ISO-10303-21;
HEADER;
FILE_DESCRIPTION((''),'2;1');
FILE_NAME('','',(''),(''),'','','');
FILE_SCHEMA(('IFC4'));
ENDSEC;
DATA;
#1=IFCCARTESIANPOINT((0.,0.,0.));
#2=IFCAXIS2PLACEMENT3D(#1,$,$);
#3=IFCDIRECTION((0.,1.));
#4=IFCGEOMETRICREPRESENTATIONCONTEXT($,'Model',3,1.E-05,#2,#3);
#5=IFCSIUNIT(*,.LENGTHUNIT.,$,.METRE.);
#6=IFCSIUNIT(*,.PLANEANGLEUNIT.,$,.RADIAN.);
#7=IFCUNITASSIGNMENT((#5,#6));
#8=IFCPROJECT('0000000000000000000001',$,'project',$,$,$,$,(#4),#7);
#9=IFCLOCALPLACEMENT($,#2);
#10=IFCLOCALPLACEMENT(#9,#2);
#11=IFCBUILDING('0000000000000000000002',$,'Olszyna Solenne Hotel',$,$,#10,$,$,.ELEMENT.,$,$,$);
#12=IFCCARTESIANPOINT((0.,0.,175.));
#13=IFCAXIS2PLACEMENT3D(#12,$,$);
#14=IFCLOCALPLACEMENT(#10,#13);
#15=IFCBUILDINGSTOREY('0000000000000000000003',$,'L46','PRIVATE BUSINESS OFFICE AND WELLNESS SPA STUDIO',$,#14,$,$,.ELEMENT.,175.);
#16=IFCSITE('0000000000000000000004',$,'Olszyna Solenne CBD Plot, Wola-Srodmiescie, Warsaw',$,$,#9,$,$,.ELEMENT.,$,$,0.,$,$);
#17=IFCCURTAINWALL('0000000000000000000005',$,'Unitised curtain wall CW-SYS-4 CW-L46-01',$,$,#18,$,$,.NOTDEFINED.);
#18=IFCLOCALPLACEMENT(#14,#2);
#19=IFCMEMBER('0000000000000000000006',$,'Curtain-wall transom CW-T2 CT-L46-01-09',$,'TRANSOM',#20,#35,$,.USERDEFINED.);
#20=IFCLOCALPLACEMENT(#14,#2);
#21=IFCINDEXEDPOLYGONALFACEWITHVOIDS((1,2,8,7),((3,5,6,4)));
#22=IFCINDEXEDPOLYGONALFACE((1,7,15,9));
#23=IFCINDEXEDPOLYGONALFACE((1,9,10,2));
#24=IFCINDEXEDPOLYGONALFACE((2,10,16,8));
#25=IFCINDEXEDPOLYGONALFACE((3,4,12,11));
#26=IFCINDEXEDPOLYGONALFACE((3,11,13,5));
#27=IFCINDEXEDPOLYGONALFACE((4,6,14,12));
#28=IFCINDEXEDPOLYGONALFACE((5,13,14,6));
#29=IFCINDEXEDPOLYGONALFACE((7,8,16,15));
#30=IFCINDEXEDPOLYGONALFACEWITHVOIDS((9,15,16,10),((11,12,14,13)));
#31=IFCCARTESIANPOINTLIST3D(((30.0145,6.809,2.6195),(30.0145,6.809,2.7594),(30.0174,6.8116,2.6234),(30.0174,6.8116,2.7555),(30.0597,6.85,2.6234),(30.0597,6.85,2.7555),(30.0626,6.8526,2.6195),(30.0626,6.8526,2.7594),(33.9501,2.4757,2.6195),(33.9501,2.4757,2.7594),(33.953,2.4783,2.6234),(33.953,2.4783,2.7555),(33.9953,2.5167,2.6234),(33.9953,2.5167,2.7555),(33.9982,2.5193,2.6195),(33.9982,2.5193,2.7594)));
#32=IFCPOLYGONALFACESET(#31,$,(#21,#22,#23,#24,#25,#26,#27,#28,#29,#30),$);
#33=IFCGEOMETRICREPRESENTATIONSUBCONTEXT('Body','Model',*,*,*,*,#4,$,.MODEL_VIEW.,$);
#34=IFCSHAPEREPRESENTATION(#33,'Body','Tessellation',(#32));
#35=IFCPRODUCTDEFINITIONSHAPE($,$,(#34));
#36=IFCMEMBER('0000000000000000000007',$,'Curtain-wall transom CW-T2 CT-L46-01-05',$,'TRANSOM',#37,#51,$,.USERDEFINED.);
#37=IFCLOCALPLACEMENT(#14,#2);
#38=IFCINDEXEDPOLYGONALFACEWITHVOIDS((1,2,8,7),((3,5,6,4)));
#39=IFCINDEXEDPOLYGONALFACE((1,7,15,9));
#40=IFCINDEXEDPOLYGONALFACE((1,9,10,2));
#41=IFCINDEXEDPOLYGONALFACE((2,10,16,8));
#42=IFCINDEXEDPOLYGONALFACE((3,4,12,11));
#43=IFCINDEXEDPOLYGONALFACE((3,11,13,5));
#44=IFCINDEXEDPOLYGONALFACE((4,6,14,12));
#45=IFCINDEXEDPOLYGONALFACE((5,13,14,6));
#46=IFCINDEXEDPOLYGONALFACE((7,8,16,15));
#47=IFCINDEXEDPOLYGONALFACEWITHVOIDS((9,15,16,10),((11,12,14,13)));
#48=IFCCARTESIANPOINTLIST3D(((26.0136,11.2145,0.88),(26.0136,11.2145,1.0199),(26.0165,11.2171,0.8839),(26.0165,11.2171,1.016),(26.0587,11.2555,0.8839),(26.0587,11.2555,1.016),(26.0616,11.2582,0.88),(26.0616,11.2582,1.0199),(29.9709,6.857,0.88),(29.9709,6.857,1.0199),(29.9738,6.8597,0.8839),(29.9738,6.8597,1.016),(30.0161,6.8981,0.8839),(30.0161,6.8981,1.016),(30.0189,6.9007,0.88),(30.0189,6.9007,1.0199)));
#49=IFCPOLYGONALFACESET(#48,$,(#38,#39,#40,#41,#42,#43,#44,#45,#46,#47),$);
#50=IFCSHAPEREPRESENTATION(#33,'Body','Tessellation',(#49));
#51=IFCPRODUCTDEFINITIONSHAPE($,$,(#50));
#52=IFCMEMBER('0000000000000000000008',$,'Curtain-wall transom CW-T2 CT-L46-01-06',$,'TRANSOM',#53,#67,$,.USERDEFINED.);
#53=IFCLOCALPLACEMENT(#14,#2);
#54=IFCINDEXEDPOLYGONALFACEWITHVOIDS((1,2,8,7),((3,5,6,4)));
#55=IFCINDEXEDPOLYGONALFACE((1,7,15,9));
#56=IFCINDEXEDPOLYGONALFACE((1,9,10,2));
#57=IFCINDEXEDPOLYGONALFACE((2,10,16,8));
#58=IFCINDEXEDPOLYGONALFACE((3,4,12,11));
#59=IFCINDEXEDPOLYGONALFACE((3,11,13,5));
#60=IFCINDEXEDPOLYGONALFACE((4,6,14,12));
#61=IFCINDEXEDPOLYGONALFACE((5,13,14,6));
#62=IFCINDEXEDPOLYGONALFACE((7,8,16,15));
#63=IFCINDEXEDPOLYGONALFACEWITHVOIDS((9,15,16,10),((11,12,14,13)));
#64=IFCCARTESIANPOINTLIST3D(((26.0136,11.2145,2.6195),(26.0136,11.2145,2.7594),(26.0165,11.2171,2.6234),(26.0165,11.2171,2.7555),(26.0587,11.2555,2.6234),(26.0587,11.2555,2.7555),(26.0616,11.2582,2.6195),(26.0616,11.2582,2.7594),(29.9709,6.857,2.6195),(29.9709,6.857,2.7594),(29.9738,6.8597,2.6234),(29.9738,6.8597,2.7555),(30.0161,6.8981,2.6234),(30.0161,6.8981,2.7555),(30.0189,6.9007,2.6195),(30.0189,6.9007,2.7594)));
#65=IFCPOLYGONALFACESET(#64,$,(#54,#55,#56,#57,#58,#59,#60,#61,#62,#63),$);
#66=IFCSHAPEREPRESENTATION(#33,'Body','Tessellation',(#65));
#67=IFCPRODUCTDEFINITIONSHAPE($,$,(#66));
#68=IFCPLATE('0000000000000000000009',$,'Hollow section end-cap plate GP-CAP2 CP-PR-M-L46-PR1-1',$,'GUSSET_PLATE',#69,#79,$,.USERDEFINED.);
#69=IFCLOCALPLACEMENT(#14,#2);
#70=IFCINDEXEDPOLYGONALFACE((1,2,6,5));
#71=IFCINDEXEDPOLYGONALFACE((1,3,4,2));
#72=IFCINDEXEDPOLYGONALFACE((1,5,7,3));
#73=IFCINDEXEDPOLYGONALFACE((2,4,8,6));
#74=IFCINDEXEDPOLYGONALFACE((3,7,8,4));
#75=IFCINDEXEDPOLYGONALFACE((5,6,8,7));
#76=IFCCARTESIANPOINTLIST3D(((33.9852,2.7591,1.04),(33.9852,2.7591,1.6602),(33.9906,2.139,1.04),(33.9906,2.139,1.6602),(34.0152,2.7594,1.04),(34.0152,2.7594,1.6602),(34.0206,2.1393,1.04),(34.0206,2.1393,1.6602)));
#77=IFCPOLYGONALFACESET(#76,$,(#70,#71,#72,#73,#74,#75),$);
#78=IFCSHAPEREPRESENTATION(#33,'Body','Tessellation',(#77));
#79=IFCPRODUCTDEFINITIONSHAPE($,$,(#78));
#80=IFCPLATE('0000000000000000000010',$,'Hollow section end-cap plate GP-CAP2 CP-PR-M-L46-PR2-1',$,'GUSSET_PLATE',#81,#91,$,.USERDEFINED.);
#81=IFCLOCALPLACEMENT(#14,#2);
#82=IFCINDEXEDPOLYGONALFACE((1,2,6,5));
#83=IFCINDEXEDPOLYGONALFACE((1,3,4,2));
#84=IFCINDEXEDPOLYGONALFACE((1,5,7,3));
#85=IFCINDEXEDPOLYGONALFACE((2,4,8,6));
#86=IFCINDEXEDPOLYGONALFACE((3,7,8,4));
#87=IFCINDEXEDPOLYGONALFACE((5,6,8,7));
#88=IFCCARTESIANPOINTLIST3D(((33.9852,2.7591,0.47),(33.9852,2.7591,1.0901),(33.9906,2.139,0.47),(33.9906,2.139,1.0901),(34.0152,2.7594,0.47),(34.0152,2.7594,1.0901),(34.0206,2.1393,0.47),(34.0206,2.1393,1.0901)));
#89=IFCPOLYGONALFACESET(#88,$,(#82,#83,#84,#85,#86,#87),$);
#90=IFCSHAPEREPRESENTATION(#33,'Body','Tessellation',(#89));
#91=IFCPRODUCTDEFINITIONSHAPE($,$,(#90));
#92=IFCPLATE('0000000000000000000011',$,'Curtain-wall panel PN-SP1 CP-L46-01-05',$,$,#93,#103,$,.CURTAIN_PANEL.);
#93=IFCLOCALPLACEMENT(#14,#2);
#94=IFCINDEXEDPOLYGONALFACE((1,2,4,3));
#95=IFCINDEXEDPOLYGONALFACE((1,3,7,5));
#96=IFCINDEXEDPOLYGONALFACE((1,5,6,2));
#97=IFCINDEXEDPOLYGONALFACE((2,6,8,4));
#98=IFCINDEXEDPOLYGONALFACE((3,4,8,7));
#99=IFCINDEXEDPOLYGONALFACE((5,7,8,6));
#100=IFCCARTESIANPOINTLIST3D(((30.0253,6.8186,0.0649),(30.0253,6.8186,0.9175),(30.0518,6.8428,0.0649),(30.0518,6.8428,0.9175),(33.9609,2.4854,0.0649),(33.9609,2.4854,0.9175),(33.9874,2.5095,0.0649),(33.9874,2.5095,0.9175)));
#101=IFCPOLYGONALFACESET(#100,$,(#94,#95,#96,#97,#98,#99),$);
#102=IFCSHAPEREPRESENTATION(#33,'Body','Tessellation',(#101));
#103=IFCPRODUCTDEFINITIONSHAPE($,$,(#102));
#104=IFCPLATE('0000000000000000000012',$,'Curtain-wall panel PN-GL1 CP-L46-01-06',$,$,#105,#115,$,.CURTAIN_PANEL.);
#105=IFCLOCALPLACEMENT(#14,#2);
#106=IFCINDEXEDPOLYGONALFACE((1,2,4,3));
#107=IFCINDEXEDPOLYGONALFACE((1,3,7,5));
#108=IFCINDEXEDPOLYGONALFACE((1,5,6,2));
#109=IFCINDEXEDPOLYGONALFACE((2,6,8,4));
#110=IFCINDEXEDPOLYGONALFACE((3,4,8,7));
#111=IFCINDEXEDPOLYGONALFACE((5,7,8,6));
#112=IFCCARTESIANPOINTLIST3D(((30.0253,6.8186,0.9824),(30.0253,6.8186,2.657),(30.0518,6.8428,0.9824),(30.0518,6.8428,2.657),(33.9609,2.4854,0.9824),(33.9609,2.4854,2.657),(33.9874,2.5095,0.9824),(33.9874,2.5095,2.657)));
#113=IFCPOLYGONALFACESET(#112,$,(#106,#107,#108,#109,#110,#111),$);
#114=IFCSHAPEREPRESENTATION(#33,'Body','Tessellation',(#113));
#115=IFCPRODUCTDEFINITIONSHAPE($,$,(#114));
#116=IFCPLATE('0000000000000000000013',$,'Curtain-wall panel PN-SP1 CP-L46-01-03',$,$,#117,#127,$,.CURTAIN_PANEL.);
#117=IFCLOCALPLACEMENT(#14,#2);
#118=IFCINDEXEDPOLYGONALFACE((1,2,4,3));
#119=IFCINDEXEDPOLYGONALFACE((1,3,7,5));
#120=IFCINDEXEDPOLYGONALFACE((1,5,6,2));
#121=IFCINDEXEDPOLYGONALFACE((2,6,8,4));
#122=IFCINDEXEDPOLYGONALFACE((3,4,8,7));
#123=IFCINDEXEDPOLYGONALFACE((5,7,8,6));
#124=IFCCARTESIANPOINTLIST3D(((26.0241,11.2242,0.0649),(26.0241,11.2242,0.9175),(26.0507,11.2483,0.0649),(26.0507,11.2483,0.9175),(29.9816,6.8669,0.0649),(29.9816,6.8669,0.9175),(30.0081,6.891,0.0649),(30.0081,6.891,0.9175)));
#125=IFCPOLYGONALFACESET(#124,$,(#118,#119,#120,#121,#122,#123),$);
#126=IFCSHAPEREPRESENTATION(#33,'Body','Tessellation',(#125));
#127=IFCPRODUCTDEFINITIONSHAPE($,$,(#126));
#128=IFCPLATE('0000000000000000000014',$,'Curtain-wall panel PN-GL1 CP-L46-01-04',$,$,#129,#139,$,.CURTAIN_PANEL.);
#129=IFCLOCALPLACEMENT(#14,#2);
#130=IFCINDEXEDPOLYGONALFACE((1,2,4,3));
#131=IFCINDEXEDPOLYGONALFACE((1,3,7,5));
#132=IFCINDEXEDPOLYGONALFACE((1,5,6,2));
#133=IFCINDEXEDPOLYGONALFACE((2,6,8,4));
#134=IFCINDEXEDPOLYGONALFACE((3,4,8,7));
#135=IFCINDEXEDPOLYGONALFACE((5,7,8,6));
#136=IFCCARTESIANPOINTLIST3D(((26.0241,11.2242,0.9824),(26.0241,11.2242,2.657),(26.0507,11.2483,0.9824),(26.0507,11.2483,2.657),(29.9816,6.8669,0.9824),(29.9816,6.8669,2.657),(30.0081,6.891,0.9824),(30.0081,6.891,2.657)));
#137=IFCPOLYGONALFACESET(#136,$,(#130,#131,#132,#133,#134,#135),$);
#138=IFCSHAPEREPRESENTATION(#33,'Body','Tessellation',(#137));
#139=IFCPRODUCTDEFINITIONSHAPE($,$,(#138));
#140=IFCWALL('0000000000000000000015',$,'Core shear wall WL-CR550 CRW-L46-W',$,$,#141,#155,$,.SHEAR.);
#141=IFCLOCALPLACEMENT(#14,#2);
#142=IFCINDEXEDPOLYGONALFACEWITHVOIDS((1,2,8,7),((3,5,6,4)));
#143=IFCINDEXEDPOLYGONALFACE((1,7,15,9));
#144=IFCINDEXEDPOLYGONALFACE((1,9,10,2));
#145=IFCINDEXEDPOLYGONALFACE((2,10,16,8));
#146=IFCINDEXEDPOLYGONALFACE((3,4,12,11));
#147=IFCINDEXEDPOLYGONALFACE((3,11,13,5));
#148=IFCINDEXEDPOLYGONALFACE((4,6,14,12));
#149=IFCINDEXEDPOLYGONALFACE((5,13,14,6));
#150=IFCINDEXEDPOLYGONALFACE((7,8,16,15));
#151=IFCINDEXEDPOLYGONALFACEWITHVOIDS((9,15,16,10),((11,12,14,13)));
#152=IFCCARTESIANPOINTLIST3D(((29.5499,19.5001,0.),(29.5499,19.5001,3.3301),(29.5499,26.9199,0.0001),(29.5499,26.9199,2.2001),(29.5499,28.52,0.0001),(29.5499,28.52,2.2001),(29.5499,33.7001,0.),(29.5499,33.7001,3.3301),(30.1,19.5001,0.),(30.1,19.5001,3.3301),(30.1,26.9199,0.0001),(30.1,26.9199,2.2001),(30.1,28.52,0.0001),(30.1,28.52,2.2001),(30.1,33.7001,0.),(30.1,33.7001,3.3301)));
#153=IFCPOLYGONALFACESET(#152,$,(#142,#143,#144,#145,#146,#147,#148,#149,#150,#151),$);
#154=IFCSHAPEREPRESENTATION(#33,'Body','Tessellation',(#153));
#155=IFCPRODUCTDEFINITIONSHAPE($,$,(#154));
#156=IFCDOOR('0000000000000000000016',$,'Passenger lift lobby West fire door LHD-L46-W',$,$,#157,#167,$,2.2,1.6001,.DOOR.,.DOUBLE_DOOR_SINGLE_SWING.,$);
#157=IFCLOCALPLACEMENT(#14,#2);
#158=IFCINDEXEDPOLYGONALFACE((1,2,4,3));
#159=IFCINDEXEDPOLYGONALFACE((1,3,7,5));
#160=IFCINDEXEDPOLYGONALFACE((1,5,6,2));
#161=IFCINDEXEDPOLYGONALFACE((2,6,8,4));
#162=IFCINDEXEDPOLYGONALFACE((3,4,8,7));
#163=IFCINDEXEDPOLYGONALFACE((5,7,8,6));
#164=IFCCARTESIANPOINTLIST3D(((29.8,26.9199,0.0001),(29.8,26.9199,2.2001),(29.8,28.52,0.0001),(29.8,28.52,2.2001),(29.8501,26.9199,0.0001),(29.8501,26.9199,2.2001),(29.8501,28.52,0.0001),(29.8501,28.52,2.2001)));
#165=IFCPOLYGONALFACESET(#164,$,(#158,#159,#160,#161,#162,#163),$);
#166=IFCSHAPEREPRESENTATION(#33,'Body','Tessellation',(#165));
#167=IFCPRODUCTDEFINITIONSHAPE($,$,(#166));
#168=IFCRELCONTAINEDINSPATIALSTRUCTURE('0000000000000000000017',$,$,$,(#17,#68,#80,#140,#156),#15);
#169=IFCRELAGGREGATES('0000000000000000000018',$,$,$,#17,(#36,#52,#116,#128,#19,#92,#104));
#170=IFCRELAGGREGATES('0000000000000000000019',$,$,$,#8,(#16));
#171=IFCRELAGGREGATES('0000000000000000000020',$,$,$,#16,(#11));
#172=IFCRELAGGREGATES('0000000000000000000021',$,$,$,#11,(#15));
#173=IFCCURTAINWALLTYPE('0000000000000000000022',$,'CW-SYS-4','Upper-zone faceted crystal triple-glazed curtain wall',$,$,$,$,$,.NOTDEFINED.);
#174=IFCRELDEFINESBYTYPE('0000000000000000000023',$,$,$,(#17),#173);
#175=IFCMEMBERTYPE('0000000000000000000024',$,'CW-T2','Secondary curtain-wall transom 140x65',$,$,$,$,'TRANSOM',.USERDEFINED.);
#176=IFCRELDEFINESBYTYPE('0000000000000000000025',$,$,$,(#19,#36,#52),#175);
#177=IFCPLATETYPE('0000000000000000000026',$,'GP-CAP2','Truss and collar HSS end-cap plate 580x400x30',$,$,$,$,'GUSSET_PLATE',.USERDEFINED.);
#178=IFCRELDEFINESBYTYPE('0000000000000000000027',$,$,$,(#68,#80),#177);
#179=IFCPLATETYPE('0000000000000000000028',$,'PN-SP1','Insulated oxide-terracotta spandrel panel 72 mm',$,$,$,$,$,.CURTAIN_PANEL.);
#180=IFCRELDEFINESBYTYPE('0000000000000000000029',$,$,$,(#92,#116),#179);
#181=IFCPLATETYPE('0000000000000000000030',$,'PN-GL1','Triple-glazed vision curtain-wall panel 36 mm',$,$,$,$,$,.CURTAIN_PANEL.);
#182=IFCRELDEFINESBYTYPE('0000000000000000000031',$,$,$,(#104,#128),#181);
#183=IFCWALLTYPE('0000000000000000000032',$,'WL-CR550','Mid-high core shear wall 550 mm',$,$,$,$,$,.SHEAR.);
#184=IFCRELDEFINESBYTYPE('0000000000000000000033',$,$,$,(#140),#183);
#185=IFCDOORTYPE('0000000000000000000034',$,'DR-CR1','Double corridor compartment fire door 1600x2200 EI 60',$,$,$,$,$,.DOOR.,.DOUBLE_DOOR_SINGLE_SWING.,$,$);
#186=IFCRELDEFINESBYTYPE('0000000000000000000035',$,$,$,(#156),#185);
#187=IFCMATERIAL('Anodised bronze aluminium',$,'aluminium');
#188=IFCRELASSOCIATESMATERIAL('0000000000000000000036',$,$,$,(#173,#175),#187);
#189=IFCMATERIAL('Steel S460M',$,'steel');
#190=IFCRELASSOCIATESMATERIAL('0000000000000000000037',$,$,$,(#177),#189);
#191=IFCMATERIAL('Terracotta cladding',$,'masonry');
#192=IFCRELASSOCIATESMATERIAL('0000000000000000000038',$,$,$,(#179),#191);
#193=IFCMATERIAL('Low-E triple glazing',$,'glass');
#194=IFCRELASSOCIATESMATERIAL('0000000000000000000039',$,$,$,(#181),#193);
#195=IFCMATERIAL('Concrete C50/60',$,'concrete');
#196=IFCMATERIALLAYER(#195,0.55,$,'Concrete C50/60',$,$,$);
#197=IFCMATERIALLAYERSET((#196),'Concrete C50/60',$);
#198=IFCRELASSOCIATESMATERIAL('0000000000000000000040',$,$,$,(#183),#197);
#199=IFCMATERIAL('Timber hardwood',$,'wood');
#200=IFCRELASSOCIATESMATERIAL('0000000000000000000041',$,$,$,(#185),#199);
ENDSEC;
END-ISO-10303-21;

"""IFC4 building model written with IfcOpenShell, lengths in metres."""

from ifc_helpers import new_model, si_unit, direction, frame, frame_2d, origin, origin_2d, place, context, subcontext, project, spatial, rectangle, hollow_rectangle, extrude, source, transform, mapped, material, layer, layer_set, material_profile, profile_set, type_object, type_shapes, element, fill, aggregate, save


model = new_model("IFC4")

# Units and contexts
model_context = context("Model", 3, precision=1e-05, world=origin(), true_north=direction((0.0, 1.0)))
body_context = subcontext(model_context, "Body", "Model", "MODEL_VIEW")
ifc_project = project(units=[si_unit("LENGTHUNIT", "METRE"), si_unit("PLANEANGLEUNIT", "RADIAN")], contexts=[model_context])

# Site, building, storey
site_placement = place(None, origin())
site = spatial("IfcSite", under=ifc_project, at=site_placement, Name="Olszyna Solenne CBD Plot, Wola-Srodmiescie, Warsaw", CompositionType="ELEMENT", RefElevation=0.0)
building_placement = place(site_placement, origin())
building = spatial("IfcBuilding", under=site, at=building_placement, Name="Olszyna Solenne Hotel", CompositionType="ELEMENT")
storey_placement = place(building_placement, frame((0.0, 0.0, 175.0)))
storey = spatial("IfcBuildingStorey", under=building, at=storey_placement, Name="L46", Description="PRIVATE BUSINESS OFFICE AND WELLNESS SPA STUDIO", CompositionType="ELEMENT", Elevation=175.0)

# Shared definitions
ifc_material_1 = material(Name="Steel S460M", Category="steel")

# Curtain wall, members
ifc_material_2 = material(Name="Anodised bronze aluminium", Category="aluminium")
curtain_wall_type = type_object("IfcCurtainWallType", Name="CW-SYS-4", Description="Upper-zone faceted crystal triple-glazed curtain wall", PredefinedType="NOTDEFINED", material=ifc_material_2)
curtain_wall_placement = place(storey_placement, origin())
curtain_wall = element("IfcCurtainWall", 1, at=curtain_wall_placement, inside=storey, type_object=curtain_wall_type, Name="Unitised curtain wall CW-SYS-4 CW-L46-01", PredefinedType="NOTDEFINED")
ifc_material_profile_1 = material_profile(ifc_material_2, hollow_rectangle(XDim=0.0649, YDim=0.1399, WallThickness=0.0039, at=origin_2d()), Name="TRAN 140x65x4", Category="load-bearing")
ifc_profile_set_1 = profile_set([ifc_material_profile_1], Name="Anodised bronze aluminium")
member_type_1 = type_object("IfcMemberType", Name="CW-T2", Description="Secondary curtain-wall transom 140x65", ElementType="TRANSOM", PredefinedType="USERDEFINED", material=ifc_profile_set_1)
shared_shape_1 = source(origin(), body_context, "Body", "SweptSolid", [
    extrude(hollow_rectangle(XDim=0.0649, YDim=0.1399, WallThickness=0.0039, at=origin_2d()), origin(), (0.0, 0.0, 1.0), 5.8538),
])
member_1_placement = place(storey_placement, frame((30.0386, 6.8308, 2.6895), z_axis=(0.67232, -0.740261, 0.0), x_axis=(0.740261, 0.67232, 0.0)))
member_1 = element("IfcMember", 2, at=member_1_placement, type_object=member_type_1, Name="Curtain-wall transom CW-T2 CT-L46-01-09", ObjectType="TRANSOM", PredefinedType="USERDEFINED", context=body_context, shape_type="MappedRepresentation", body=[
    mapped(shared_shape_1, transform((0.0, 0.0, 0.0), x_axis=(1.0, 0.0, 0.0), y_axis=(0.0, 1.0, 0.0), z_axis=(0.0, 0.0, 1.0), scale=1.0)),
])
shared_shape_2 = source(origin(), body_context, "Body", "SweptSolid", [
    extrude(hollow_rectangle(XDim=0.0649, YDim=0.1399, WallThickness=0.0039, at=origin_2d()), origin(), (0.0, 0.0, 1.0), 5.8862),
])
member_2_placement = place(storey_placement, frame((26.0376, 11.2363, 0.95), z_axis=(0.672299, -0.74028, 0.0), x_axis=(0.74028, 0.672299, 0.0)))
member_2 = element("IfcMember", 3, at=member_2_placement, type_object=member_type_1, Name="Curtain-wall transom CW-T2 CT-L46-01-05", ObjectType="TRANSOM", PredefinedType="USERDEFINED", context=body_context, shape_type="MappedRepresentation", body=[
    mapped(shared_shape_2, transform((0.0, 0.0, 0.0), x_axis=(1.0, 0.0, 0.0), y_axis=(0.0, 1.0, 0.0), z_axis=(0.0, 0.0, 1.0), scale=1.0)),
])
member_3_placement = place(storey_placement, frame((26.0376, 11.2363, 2.6895), z_axis=(0.672299, -0.74028, 0.0), x_axis=(0.74028, 0.672299, 0.0)))
member_3 = element("IfcMember", 4, at=member_3_placement, type_object=member_type_1, Name="Curtain-wall transom CW-T2 CT-L46-01-06", ObjectType="TRANSOM", PredefinedType="USERDEFINED", context=body_context, shape_type="MappedRepresentation", body=[
    mapped(shared_shape_2, transform((0.0, 0.0, 0.0), x_axis=(1.0, 0.0, 0.0), y_axis=(0.0, 1.0, 0.0), z_axis=(0.0, 0.0, 1.0), scale=1.0)),
])

# Plates
plate_type_1 = type_object("IfcPlateType", Name="GP-CAP2", Description="Truss and collar HSS end-cap plate 580x400x30", ElementType="GUSSET_PLATE", PredefinedType="USERDEFINED", material=ifc_material_1)
shared_shape_3 = source(origin(), body_context, "Body", "SweptSolid", [
    extrude(rectangle(XDim=0.03, YDim=0.6201, at=origin_2d()), origin(), (0.0, 0.0, 1.0), 0.6201),
])
for number, where, z_axis, x_axis, name in (
    (5, (34.0029, 2.4492, 1.04), (0.0, 0.0, 1.0), (0.999962, 0.008727, 0.0), "Hollow section end-cap plate GP-CAP2 CP-PR-M-L46-PR1-1"),
    (6, (34.0029, 2.4492, 0.47), (0.0, 0.0, 1.0), (0.999962, 0.008727, 0.0), "Hollow section end-cap plate GP-CAP2 CP-PR-M-L46-PR2-1"),
):
    element("IfcPlate", number, at=place(storey_placement, frame(where, z_axis=z_axis, x_axis=x_axis)), inside=storey, type_object=plate_type_1, Name=name, ObjectType="GUSSET_PLATE", PredefinedType="USERDEFINED", context=body_context, shape_type="MappedRepresentation", body=[
        mapped(shared_shape_3, transform((0.0, 0.0, 0.0), x_axis=(1.0, 0.0, 0.0), y_axis=(0.0, 1.0, 0.0), z_axis=(0.0, 0.0, 1.0), scale=1.0)),
    ])

# Plates
ifc_material_3 = material(Name="Terracotta cladding", Category="masonry")
plate_type_2 = type_object("IfcPlateType", Name="PN-SP1", Description="Insulated oxide-terracotta spandrel panel 72 mm", PredefinedType="CURTAIN_PANEL", material=ifc_material_3)
shared_shape_4 = source(origin(), body_context, "Body", "SweptSolid", [
    extrude(rectangle(XDim=5.8538, YDim=0.0359, at=origin_2d()), origin(), (0.0, 0.0, 1.0), 0.8525),
])
plate_1_placement = place(storey_placement, frame((32.0063, 4.6641, 0.0649), z_axis=(0.0, 0.0, 1.0), x_axis=(0.672323, -0.740258, 0.0)))
plate_1 = element("IfcPlate", 7, at=plate_1_placement, type_object=plate_type_2, Name="Curtain-wall panel PN-SP1 CP-L46-01-05", PredefinedType="CURTAIN_PANEL", context=body_context, shape_type="MappedRepresentation", body=[
    mapped(shared_shape_4, transform((0.0, 0.0, 0.0), x_axis=(1.0, 0.0, 0.0), y_axis=(0.0, 1.0, 0.0), z_axis=(0.0, 0.0, 1.0), scale=1.0)),
])
ifc_material_4 = material(Name="Low-E triple glazing", Category="glass")
plate_type_3 = type_object("IfcPlateType", Name="PN-GL1", Description="Triple-glazed vision curtain-wall panel 36 mm", PredefinedType="CURTAIN_PANEL", material=ifc_material_4)
shared_shape_5 = source(origin(), body_context, "Body", "SweptSolid", [
    extrude(rectangle(XDim=5.8538, YDim=0.0359, at=origin_2d()), origin(), (0.0, 0.0, 1.0), 1.6746),
])
plate_2_placement = place(storey_placement, frame((32.0063, 4.6641, 0.9824), z_axis=(0.0, 0.0, 1.0), x_axis=(0.672323, -0.740258, 0.0)))
plate_2 = element("IfcPlate", 8, at=plate_2_placement, type_object=plate_type_3, Name="Curtain-wall panel PN-GL1 CP-L46-01-06", PredefinedType="CURTAIN_PANEL", context=body_context, shape_type="MappedRepresentation", body=[
    mapped(shared_shape_5, transform((0.0, 0.0, 0.0), x_axis=(1.0, 0.0, 0.0), y_axis=(0.0, 1.0, 0.0), z_axis=(0.0, 0.0, 1.0), scale=1.0)),
])
shared_shape_6 = source(origin(), body_context, "Body", "SweptSolid", [
    extrude(rectangle(XDim=5.8862, YDim=0.0359, at=origin_2d()), origin(), (0.0, 0.0, 1.0), 0.8525),
])
plate_3_placement = place(storey_placement, frame((28.0161, 9.0576, 0.0649), z_axis=(0.0, 0.0, 1.0), x_axis=(0.672323, -0.740258, 0.0)))
plate_3 = element("IfcPlate", 9, at=plate_3_placement, type_object=plate_type_2, Name="Curtain-wall panel PN-SP1 CP-L46-01-03", PredefinedType="CURTAIN_PANEL", context=body_context, shape_type="MappedRepresentation", body=[
    mapped(shared_shape_6, transform((0.0, 0.0, 0.0), x_axis=(1.0, 0.0, 0.0), y_axis=(0.0, 1.0, 0.0), z_axis=(0.0, 0.0, 1.0), scale=1.0)),
])
shared_shape_7 = source(origin(), body_context, "Body", "SweptSolid", [
    extrude(rectangle(XDim=5.8862, YDim=0.0359, at=origin_2d()), origin(), (0.0, 0.0, 1.0), 1.6746),
])
plate_4_placement = place(storey_placement, frame((28.0161, 9.0576, 0.9824), z_axis=(0.0, 0.0, 1.0), x_axis=(0.672323, -0.740258, 0.0)))
plate_4 = element("IfcPlate", 10, at=plate_4_placement, type_object=plate_type_3, Name="Curtain-wall panel PN-GL1 CP-L46-01-04", PredefinedType="CURTAIN_PANEL", context=body_context, shape_type="MappedRepresentation", body=[
    mapped(shared_shape_7, transform((0.0, 0.0, 0.0), x_axis=(1.0, 0.0, 0.0), y_axis=(0.0, 1.0, 0.0), z_axis=(0.0, 0.0, 1.0), scale=1.0)),
])
aggregate(curtain_wall, [member_2, member_3, plate_3, plate_4, member_1, plate_1, plate_2])

# Wall, opening, door
ifc_material_5 = material(Name="Concrete C50/60", Category="concrete")
ifc_layer_1 = layer(ifc_material_5, 0.55, Name="Concrete C50/60")
ifc_layer_set_1 = layer_set([ifc_layer_1], Name="Concrete C50/60")
wall_type_1 = type_object("IfcWallType", Name="WL-CR550", Description="Mid-high core shear wall 550 mm", PredefinedType="SHEAR", material=ifc_layer_set_1)
wall_1_placement = place(storey_placement, frame((29.825, 19.5, 0.0), z_axis=(0.0, 0.0, 1.0), x_axis=(0.0, 1.0, 0.0)))
wall_1 = element("IfcWall", 11, at=wall_1_placement, inside=storey, type_object=wall_type_1, Name="Core shear wall WL-CR550 CRW-L46-W", PredefinedType="SHEAR", context=body_context, shape_type="SweptSolid", body=[
    extrude(rectangle(XDim=14.2, YDim=0.55, at=frame_2d((7.1001, 0.0))), origin(), (0.0, 0.0, 1.0), 3.3301),
])
opening_1_placement = place(wall_1_placement, frame((7.4199, 0.0, 0.0)))
opening_1 = element("IfcOpeningElement", 12, at=opening_1_placement, cuts=wall_1, PredefinedType="OPENING", context=body_context, shape_type="SweptSolid", body=[
    extrude(rectangle(XDim=1.6001, YDim=2.2, at=frame_2d((0.8, 1.1001))), frame((0.0, 0.2852, 0.0), z_axis=(0.0, -1.0, 0.0), x_axis=(1.0, 0.0, 0.0)), (0.0, 0.0, 1.0), 0.5701),
])
ifc_material_6 = material(Name="Timber hardwood", Category="wood")
door_type_1 = type_object("IfcDoorType", Name="DR-CR1", Description="Double corridor compartment fire door 1600x2200 EI 60", OperationType="DOUBLE_DOOR_SINGLE_SWING", PredefinedType="DOOR", material=ifc_material_6)
shared_shape_8 = source(origin(), body_context, "Body", "SweptSolid", [
    extrude(rectangle(XDim=1.6001, YDim=2.2, at=frame_2d((0.8, 1.1001))), frame((0.0, 0.0249, 0.0), z_axis=(0.0, -1.0, 0.0), x_axis=(1.0, 0.0, 0.0)), (0.0, 0.0, 1.0), 0.05),
])
type_shapes(door_type_1, [shared_shape_8])
door_1_placement = place(opening_1_placement, origin())
door_1 = element("IfcDoor", 13, at=door_1_placement, inside=storey, type_object=door_type_1, Name="Passenger lift lobby West fire door LHD-L46-W", OperationType="DOUBLE_DOOR_SINGLE_SWING", OverallHeight=2.2, OverallWidth=1.6001, PredefinedType="DOOR", context=body_context, shape_type="MappedRepresentation", body=[
    mapped(shared_shape_8, transform((0.0, 0.0, 0.0), x_axis=(1.0, 0.0, 0.0), y_axis=(0.0, 1.0, 0.0), z_axis=(0.0, 0.0, 1.0), scale=1.0)),
])
fill(opening_1, door_1)

save(model, "model.ifc")
